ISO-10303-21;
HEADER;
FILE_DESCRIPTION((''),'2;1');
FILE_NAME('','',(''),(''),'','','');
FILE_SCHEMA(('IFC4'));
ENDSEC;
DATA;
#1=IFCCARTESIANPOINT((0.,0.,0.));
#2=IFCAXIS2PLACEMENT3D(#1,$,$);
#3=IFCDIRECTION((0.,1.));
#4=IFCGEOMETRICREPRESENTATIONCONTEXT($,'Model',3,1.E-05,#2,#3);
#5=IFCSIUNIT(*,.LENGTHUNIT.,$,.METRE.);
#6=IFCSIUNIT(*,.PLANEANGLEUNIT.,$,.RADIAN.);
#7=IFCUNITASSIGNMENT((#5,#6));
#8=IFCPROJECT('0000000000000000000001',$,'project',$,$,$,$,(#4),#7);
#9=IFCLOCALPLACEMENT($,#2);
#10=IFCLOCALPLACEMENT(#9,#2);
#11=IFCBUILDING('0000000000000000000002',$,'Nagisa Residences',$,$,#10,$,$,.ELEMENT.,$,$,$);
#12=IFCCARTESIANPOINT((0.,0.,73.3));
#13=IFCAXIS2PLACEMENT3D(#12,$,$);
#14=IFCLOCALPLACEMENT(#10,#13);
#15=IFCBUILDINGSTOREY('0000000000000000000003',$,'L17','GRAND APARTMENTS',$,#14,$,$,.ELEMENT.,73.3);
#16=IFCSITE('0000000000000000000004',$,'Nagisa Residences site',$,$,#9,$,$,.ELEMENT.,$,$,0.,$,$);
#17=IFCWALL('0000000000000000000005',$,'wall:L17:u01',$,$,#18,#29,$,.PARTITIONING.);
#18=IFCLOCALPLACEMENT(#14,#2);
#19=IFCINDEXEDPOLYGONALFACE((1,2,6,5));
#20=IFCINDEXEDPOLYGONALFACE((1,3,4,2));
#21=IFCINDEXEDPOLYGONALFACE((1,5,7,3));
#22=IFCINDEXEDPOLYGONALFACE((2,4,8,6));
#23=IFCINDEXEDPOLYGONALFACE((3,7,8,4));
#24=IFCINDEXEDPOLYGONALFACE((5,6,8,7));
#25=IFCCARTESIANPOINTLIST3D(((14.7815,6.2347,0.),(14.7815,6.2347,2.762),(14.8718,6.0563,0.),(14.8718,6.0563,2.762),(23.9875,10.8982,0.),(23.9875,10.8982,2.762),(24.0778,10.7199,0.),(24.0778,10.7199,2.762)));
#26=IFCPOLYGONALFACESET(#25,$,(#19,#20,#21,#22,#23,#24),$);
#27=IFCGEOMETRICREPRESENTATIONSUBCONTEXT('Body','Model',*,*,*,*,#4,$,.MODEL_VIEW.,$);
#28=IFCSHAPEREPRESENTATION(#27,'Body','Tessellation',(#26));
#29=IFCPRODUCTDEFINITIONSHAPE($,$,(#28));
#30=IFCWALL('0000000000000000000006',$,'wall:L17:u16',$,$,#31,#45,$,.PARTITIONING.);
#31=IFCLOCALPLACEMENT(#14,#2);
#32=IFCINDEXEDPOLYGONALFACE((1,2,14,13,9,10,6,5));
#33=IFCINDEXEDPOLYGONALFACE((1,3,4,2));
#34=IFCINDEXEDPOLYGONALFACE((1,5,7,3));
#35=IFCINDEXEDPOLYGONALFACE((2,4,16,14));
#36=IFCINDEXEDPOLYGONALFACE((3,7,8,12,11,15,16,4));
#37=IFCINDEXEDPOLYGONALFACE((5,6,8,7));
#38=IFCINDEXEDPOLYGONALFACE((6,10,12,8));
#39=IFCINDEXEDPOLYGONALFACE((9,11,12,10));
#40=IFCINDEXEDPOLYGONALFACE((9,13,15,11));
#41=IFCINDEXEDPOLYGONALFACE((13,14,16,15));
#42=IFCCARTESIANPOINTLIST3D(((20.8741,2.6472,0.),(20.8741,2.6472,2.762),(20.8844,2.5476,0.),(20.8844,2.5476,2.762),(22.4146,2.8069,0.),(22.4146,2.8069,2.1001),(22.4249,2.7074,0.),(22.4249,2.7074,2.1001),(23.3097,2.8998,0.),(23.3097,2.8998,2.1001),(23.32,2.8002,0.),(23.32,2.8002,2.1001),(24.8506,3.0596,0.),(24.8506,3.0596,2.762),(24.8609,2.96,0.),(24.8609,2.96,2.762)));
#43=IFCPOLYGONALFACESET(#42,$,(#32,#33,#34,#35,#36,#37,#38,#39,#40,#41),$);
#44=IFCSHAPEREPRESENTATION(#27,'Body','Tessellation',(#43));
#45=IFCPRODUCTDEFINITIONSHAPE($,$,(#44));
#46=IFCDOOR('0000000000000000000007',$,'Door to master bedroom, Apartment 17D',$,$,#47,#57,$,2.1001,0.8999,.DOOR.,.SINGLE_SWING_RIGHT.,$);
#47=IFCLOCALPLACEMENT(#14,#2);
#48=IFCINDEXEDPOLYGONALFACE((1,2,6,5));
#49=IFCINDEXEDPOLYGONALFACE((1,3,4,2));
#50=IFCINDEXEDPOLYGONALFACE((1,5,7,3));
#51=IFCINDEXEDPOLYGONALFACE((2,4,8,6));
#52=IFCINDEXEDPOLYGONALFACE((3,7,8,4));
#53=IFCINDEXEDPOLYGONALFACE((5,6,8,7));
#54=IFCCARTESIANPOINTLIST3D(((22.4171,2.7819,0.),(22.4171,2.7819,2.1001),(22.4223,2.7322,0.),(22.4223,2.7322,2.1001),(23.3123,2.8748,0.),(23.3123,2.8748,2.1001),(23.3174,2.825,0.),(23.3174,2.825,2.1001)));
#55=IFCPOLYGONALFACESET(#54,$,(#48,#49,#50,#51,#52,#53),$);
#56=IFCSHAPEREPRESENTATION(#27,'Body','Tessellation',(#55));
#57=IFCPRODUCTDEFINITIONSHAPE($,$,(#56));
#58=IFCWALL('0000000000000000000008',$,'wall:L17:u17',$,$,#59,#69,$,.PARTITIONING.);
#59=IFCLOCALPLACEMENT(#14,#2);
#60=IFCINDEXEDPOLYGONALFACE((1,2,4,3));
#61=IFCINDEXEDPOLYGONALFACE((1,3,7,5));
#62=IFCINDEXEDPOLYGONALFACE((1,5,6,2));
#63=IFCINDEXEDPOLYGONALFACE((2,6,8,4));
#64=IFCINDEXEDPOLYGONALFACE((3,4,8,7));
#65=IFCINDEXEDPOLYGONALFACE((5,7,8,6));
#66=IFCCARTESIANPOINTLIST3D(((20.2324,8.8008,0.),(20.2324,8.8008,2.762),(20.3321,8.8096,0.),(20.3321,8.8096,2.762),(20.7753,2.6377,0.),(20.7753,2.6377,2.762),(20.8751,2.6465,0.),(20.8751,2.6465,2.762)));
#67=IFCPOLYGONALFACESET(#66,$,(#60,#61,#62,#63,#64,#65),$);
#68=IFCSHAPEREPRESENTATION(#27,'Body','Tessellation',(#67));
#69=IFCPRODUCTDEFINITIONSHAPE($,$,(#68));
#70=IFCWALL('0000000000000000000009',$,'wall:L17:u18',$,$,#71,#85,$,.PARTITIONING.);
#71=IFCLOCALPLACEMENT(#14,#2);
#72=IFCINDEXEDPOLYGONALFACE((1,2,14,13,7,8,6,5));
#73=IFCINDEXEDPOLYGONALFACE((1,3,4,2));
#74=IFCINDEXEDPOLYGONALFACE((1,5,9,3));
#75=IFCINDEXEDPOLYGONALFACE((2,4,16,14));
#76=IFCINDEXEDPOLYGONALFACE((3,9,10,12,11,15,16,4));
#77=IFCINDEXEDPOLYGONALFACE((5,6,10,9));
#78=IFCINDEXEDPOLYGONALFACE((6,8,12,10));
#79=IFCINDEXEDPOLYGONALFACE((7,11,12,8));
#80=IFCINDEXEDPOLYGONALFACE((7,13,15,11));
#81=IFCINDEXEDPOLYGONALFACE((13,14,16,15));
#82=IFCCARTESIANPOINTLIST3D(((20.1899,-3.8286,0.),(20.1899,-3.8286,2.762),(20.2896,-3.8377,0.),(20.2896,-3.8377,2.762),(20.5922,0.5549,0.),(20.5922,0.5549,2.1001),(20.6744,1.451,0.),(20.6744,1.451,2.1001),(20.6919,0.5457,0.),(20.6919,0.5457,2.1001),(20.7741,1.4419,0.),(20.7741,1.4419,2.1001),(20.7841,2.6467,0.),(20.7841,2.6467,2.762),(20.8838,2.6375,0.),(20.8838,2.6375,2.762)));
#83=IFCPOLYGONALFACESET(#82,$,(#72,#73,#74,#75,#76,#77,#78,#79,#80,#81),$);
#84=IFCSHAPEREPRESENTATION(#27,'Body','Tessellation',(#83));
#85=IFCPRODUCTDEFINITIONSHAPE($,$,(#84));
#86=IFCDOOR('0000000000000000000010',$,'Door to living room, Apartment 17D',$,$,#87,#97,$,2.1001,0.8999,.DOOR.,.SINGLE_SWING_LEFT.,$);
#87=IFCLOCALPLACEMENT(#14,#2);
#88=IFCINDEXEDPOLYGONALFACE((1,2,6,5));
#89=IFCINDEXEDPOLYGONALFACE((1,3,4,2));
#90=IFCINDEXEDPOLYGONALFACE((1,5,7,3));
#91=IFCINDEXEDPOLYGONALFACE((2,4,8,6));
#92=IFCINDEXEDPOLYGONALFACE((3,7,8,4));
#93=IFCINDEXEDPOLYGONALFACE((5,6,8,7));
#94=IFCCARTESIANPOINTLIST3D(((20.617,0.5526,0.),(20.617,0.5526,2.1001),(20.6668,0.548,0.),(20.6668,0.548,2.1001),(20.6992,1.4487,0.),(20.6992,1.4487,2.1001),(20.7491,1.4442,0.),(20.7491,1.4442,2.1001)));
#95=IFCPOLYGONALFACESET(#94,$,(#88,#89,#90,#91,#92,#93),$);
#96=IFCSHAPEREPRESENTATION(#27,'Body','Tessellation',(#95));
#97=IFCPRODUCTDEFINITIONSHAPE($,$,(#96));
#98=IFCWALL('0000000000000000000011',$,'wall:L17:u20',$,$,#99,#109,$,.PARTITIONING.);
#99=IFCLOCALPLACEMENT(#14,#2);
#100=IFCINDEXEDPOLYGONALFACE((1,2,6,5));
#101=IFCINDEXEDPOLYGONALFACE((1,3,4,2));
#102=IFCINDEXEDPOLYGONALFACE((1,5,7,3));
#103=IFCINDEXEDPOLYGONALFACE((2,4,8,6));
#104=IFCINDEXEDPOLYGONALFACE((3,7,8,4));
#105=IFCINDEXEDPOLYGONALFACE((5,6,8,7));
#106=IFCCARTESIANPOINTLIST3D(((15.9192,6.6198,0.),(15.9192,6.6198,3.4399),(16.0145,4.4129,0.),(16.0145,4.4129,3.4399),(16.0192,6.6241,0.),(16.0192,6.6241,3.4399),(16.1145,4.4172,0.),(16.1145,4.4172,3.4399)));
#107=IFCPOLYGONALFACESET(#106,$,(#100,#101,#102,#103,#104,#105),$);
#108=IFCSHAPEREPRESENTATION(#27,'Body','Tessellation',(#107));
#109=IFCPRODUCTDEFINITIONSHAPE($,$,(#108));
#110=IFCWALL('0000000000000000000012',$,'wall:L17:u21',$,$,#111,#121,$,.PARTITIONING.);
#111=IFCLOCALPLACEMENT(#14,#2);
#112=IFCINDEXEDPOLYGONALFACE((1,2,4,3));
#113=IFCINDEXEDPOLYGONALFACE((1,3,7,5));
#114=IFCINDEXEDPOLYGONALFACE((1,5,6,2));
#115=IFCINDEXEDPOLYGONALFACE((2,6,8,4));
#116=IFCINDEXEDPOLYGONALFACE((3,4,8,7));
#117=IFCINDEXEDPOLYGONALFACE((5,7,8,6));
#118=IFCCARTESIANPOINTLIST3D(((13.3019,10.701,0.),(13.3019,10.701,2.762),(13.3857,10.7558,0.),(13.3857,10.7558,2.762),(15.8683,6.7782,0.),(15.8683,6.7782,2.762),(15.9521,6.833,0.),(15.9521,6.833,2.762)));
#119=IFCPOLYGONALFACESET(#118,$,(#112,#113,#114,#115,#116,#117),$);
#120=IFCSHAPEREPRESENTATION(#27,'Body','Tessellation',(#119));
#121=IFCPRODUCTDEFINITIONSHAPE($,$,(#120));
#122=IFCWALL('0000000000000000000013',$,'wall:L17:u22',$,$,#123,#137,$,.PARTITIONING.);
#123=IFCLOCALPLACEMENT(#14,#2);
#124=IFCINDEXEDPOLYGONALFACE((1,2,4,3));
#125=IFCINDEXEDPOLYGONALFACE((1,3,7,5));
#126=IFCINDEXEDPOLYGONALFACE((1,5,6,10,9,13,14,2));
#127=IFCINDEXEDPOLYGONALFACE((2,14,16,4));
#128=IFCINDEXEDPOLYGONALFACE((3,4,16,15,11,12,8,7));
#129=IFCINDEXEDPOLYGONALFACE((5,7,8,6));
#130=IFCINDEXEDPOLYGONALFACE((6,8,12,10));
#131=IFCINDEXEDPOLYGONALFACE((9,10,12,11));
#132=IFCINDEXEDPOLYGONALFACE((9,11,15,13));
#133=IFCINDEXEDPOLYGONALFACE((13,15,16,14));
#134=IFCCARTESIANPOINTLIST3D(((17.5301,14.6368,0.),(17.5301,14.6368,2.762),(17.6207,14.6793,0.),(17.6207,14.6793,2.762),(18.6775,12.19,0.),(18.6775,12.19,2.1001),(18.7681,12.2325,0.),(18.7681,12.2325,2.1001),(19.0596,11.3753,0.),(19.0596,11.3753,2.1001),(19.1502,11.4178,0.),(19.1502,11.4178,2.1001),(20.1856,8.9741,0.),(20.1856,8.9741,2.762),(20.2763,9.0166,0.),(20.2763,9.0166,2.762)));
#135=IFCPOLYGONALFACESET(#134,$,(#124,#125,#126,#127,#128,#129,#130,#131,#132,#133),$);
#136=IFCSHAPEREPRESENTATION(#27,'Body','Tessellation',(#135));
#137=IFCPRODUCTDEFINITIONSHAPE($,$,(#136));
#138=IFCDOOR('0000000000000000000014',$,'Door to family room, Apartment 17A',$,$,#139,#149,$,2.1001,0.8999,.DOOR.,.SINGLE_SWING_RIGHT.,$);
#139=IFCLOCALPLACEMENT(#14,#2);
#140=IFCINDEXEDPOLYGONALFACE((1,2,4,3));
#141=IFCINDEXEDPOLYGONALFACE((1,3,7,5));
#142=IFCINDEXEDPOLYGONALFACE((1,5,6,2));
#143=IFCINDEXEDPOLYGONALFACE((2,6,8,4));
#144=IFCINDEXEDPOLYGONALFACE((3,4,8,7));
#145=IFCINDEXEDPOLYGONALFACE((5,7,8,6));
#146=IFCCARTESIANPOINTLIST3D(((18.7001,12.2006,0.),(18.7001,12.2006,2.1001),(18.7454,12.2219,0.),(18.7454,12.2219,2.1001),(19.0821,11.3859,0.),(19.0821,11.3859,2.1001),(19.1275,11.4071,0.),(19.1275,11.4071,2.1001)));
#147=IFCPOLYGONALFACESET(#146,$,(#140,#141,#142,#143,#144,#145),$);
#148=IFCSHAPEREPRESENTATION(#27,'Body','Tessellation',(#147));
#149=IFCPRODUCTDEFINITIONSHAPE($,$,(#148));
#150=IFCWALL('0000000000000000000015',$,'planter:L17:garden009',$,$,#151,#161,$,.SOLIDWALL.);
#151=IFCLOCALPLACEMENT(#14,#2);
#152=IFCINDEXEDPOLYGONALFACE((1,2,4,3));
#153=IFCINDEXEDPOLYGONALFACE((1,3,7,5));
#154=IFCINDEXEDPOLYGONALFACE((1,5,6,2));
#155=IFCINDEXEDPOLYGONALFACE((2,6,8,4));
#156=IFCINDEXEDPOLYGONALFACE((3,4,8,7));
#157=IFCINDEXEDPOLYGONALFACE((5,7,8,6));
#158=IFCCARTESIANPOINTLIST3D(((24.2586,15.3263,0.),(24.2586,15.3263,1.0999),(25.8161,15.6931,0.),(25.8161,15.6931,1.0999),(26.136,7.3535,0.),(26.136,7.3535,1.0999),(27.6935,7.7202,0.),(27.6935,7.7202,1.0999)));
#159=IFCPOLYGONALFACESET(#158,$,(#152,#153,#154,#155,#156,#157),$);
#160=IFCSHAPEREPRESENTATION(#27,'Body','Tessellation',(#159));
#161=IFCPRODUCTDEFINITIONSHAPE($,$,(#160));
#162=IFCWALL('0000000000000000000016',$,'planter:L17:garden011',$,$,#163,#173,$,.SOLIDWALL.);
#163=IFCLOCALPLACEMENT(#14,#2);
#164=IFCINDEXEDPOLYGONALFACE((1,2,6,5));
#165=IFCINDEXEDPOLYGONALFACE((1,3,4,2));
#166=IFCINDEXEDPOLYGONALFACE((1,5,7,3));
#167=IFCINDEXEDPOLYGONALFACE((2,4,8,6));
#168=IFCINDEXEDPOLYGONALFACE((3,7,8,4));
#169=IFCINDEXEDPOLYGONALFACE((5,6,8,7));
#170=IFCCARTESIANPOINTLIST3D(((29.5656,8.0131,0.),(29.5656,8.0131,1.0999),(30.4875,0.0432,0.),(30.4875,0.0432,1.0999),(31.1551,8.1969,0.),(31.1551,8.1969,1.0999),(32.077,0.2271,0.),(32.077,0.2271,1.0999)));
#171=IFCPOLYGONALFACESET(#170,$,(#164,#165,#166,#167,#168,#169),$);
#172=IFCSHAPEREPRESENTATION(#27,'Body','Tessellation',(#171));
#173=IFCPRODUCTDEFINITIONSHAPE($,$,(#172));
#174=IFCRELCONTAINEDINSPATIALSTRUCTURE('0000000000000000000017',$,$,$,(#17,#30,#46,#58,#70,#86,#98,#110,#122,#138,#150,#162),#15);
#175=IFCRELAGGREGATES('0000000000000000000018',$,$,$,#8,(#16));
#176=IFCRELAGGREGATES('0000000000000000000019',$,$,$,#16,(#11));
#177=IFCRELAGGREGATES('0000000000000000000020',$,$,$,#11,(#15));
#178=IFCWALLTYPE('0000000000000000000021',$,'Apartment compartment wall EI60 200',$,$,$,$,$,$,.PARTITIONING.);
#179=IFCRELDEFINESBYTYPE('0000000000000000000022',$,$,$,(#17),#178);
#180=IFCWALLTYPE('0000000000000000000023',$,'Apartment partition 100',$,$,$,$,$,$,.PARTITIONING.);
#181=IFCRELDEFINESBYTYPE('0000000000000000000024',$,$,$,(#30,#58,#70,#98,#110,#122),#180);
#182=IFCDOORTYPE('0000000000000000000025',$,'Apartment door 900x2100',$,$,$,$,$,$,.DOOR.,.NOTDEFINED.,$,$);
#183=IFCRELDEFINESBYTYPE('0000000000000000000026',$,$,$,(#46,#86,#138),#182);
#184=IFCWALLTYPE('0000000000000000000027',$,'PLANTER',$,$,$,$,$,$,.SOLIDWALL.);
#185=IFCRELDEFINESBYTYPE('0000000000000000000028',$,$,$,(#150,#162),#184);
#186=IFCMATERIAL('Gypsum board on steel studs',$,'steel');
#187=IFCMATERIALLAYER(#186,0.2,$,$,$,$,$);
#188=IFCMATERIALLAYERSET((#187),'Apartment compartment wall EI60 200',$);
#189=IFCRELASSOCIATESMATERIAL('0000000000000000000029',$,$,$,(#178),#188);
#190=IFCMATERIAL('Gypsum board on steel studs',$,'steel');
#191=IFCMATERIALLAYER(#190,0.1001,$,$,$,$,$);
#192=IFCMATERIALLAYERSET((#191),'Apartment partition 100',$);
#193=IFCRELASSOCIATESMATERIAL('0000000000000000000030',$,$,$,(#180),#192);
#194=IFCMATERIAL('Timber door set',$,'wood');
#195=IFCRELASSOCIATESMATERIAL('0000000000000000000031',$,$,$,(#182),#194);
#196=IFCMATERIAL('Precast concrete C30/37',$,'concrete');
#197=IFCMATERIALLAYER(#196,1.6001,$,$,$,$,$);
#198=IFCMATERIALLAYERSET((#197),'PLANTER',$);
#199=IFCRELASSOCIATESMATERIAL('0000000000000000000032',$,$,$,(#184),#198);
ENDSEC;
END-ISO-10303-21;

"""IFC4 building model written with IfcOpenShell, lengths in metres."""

from ifc_helpers import new_model, si_unit, direction, frame, frame_2d, origin, place, context, subcontext, project, spatial, rectangle, extrude, material, layer, layer_set, type_object, element, fill, save


model = new_model("IFC4")

# Units and contexts
model_context = context("Model", 3, precision=1e-05, world=origin(), true_north=direction((0.0, 1.0)))
body_context = subcontext(model_context, "Body", "Model", "MODEL_VIEW")
ifc_project = project(units=[si_unit("LENGTHUNIT", "METRE"), si_unit("PLANEANGLEUNIT", "RADIAN")], contexts=[model_context])

# Site, building, storey
site_placement = place(None, origin())
site = spatial("IfcSite", under=ifc_project, at=site_placement, Name="Nagisa Residences site", CompositionType="ELEMENT", RefElevation=0.0)
building_placement = place(site_placement, origin())
building = spatial("IfcBuilding", under=site, at=building_placement, Name="Nagisa Residences", CompositionType="ELEMENT")
storey_placement = place(building_placement, frame((0.0, 0.0, 73.3)))
storey = spatial("IfcBuildingStorey", under=building, at=storey_placement, Name="L17", Description="GRAND APARTMENTS", CompositionType="ELEMENT", Elevation=73.3)

# Wall
ifc_material_1 = material(Name="Gypsum board on steel studs", Category="steel")
ifc_layer_1 = layer(ifc_material_1, 0.2)
ifc_layer_set_1 = layer_set([ifc_layer_1], Name="Apartment compartment wall EI60 200")
wall_type_1 = type_object("IfcWallType", Name="Apartment compartment wall EI60 200", PredefinedType="PARTITIONING", material=ifc_layer_set_1)
wall_1_placement = place(storey_placement, frame((14.8267, 6.1455, 0.0), z_axis=(0.0, 0.0, 1.0), x_axis=(0.892068, 0.451901, 0.0)))
element("IfcWall", 1, at=wall_1_placement, inside=storey, type_object=wall_type_1, Name="wall:L17:u01", PredefinedType="PARTITIONING", context=body_context, shape_type="SweptSolid", body=[
    extrude(rectangle(XDim=10.3198, YDim=0.2, at=frame_2d((5.1599, 0.0))), origin(), (0.0, 0.0, 1.0), 2.762),
])

# Wall, opening, door
ifc_material_2 = material(Name="Gypsum board on steel studs", Category="steel")
ifc_layer_2 = layer(ifc_material_2, 0.1001)
ifc_layer_set_2 = layer_set([ifc_layer_2], Name="Apartment partition 100")
wall_type_2 = type_object("IfcWallType", Name="Apartment partition 100", PredefinedType="PARTITIONING", material=ifc_layer_set_2)
wall_2_placement = place(storey_placement, frame((20.8792, 2.5974, 0.0), z_axis=(0.0, 0.0, 1.0), x_axis=(0.994667, 0.103143, 0.0)))
wall_2 = element("IfcWall", 2, at=wall_2_placement, inside=storey, type_object=wall_type_2, Name="wall:L17:u16", PredefinedType="PARTITIONING", context=body_context, shape_type="SweptSolid", body=[
    extrude(rectangle(XDim=3.9978, YDim=0.1001, at=frame_2d((1.999, 0.0))), origin(), (0.0, 0.0, 1.0), 2.762),
])
opening_1_placement = place(wall_2_placement, frame((1.5488, 0.0, 0.0)))
opening_1 = element("IfcOpeningElement", 3, at=opening_1_placement, cuts=wall_2, PredefinedType="OPENING", context=body_context, shape_type="SweptSolid", body=[
    extrude(rectangle(XDim=0.8999, YDim=2.1001, at=frame_2d((0.45, 1.05))), frame((0.0, 0.0601, 0.0), z_axis=(0.0, -1.0, 0.0), x_axis=(1.0, 0.0, 0.0)), (0.0, 0.0, 1.0), 0.1201),
])
ifc_material_3 = material(Name="Timber door set", Category="wood")
door_type_1 = type_object("IfcDoorType", Name="Apartment door 900x2100", OperationType="NOTDEFINED", PredefinedType="DOOR", material=ifc_material_3)
door_1_placement = place(opening_1_placement, origin())
door_1 = element("IfcDoor", 4, at=door_1_placement, inside=storey, type_object=door_type_1, Name="Door to master bedroom, Apartment 17D", OperationType="SINGLE_SWING_RIGHT", OverallHeight=2.1001, OverallWidth=0.8999, PredefinedType="DOOR", context=body_context, shape_type="SweptSolid", body=[
    extrude(rectangle(XDim=0.8999, YDim=2.1001, at=frame_2d((0.45, 1.05))), frame((0.0, 0.0249, 0.0), z_axis=(0.0, -1.0, 0.0), x_axis=(1.0, 0.0, 0.0)), (0.0, 0.0, 1.0), 0.05),
])
fill(opening_1, door_1)

# Wall
wall_3_placement = place(storey_placement, frame((20.8252, 2.6421, 0.0), z_axis=(0.0, 0.0, 1.0), x_axis=(-0.08776, 0.996142, 0.0)))
element("IfcWall", 5, at=wall_3_placement, inside=storey, type_object=wall_type_2, Name="wall:L17:u17", PredefinedType="PARTITIONING", context=body_context, shape_type="SweptSolid", body=[
    extrude(rectangle(XDim=6.187, YDim=0.1001, at=frame_2d((3.0935, 0.0))), origin(), (0.0, 0.0, 1.0), 2.762),
])

# Wall, opening, door
wall_4_placement = place(storey_placement, frame((20.834, 2.6421, 0.0), z_axis=(0.0, 0.0, 1.0), x_axis=(-0.091385, -0.995816, 0.0)))
wall_4 = element("IfcWall", 6, at=wall_4_placement, inside=storey, type_object=wall_type_2, Name="wall:L17:u18", PredefinedType="PARTITIONING", context=body_context, shape_type="SweptSolid", body=[
    extrude(rectangle(XDim=6.5024, YDim=0.1001, at=frame_2d((3.2512, 0.0))), origin(), (0.0, 0.0, 1.0), 2.762),
])
opening_2_placement = place(wall_4_placement, frame((1.2007, 0.0, 0.0)))
opening_2 = element("IfcOpeningElement", 7, at=opening_2_placement, cuts=wall_4, PredefinedType="OPENING", context=body_context, shape_type="SweptSolid", body=[
    extrude(rectangle(XDim=0.8999, YDim=2.1001, at=frame_2d((0.45, 1.05))), frame((0.0, 0.0601, 0.0), z_axis=(0.0, -1.0, 0.0), x_axis=(1.0, 0.0, 0.0)), (0.0, 0.0, 1.0), 0.1201),
])
door_2_placement = place(opening_2_placement, origin())
door_2 = element("IfcDoor", 8, at=door_2_placement, inside=storey, type_object=door_type_1, Name="Door to living room, Apartment 17D", OperationType="SINGLE_SWING_LEFT", OverallHeight=2.1001, OverallWidth=0.8999, PredefinedType="DOOR", context=body_context, shape_type="SweptSolid", body=[
    extrude(rectangle(XDim=0.8999, YDim=2.1001, at=frame_2d((0.45, 1.05))), frame((0.0, 0.0249, 0.0), z_axis=(0.0, -1.0, 0.0), x_axis=(1.0, 0.0, 0.0)), (0.0, 0.0, 1.0), 0.05),
])
fill(opening_2, door_2)

# Walls
wall_5_placement = place(storey_placement, frame((16.0645, 4.415, 0.0), z_axis=(0.0, 0.0, 1.0), x_axis=(-0.043102, 0.999071, 0.0)))
element("IfcWall", 9, at=wall_5_placement, inside=storey, type_object=wall_type_2, Name="wall:L17:u20", PredefinedType="PARTITIONING", context=body_context, shape_type="SweptSolid", body=[
    extrude(rectangle(XDim=2.209, YDim=0.1001, at=frame_2d((1.1045, 0.0))), origin(), (0.0, 0.0, 1.0), 3.4399),
])
wall_6_placement = place(storey_placement, frame((15.9102, 6.8057, 0.0), z_axis=(0.0, 0.0, 1.0), x_axis=(-0.547468, 0.836826, 0.0)))
element("IfcWall", 10, at=wall_6_placement, inside=storey, type_object=wall_type_2, Name="wall:L17:u21", PredefinedType="PARTITIONING", context=body_context, shape_type="SweptSolid", body=[
    extrude(rectangle(XDim=4.6877, YDim=0.1001, at=frame_2d((2.3438, 0.0))), origin(), (0.0, 0.0, 1.0), 2.762),
])

# Wall, opening, door
wall_7_placement = place(storey_placement, frame((20.231, 8.9954, 0.0), z_axis=(0.0, 0.0, 1.0), x_axis=(-0.424588, 0.905387, 0.0)))
wall_7 = element("IfcWall", 11, at=wall_7_placement, inside=storey, type_object=wall_type_2, Name="wall:L17:u22", PredefinedType="PARTITIONING", context=body_context, shape_type="SweptSolid", body=[
    extrude(rectangle(XDim=6.2544, YDim=0.1001, at=frame_2d((3.1272, 0.0))), origin(), (0.0, 0.0, 1.0), 2.762),
])
opening_3_placement = place(wall_7_placement, frame((2.6521, 0.0, 0.0)))
opening_3 = element("IfcOpeningElement", 12, at=opening_3_placement, cuts=wall_7, PredefinedType="OPENING", context=body_context, shape_type="SweptSolid", body=[
    extrude(rectangle(XDim=0.8999, YDim=2.1001, at=frame_2d((0.45, 1.05))), frame((0.0, 0.0601, 0.0), z_axis=(0.0, -1.0, 0.0), x_axis=(1.0, 0.0, 0.0)), (0.0, 0.0, 1.0), 0.1201),
])
door_3_placement = place(opening_3_placement, frame((0.8999, 0.0, 0.0), x_axis=(-1.0, 0.0, 0.0)))
door_3 = element("IfcDoor", 13, at=door_3_placement, inside=storey, type_object=door_type_1, Name="Door to family room, Apartment 17A", OperationType="SINGLE_SWING_RIGHT", OverallHeight=2.1001, OverallWidth=0.8999, PredefinedType="DOOR", context=body_context, shape_type="SweptSolid", body=[
    extrude(rectangle(XDim=0.8999, YDim=2.1001, at=frame_2d((0.45, 1.05))), frame((0.0, 0.0249, 0.0), z_axis=(0.0, -1.0, 0.0), x_axis=(1.0, 0.0, 0.0)), (0.0, 0.0, 1.0), 0.05),
])
fill(opening_3, door_3)

# Walls
ifc_material_4 = material(Name="Precast concrete C30/37", Category="concrete")
ifc_layer_3 = layer(ifc_material_4, 1.6001)
ifc_layer_set_3 = layer_set([ifc_layer_3], Name="PLANTER")
wall_type_3 = type_object("IfcWallType", Name="PLANTER", PredefinedType="SOLIDWALL", material=ifc_layer_set_3)
wall_8_placement = place(storey_placement, frame((26.9148, 7.5369, 0.0), z_axis=(0.0, 0.0, 1.0), x_axis=(-0.229209, 0.973377, 0.0)))
element("IfcWall", 14, at=wall_8_placement, inside=storey, type_object=wall_type_3, Name="planter:L17:garden009", PredefinedType="SOLIDWALL", context=body_context, shape_type="SweptSolid", body=[
    extrude(rectangle(XDim=8.1909, YDim=1.6001, at=frame_2d((4.0955, 0.0))), origin(), (0.0, 0.0, 1.0), 1.0999),
])
wall_9_placement = place(storey_placement, frame((30.3604, 8.105, 0.0), z_axis=(0.0, 0.0, 1.0), x_axis=(0.114906, -0.993376, 0.0)))
element("IfcWall", 15, at=wall_9_placement, inside=storey, type_object=wall_type_3, Name="planter:L17:garden011", PredefinedType="SOLIDWALL", context=body_context, shape_type="SweptSolid", body=[
    extrude(rectangle(XDim=8.0229, YDim=1.6001, at=frame_2d((4.0115, 0.0))), origin(), (0.0, 0.0, 1.0), 1.0999),
])

save(model, "model.ifc")
